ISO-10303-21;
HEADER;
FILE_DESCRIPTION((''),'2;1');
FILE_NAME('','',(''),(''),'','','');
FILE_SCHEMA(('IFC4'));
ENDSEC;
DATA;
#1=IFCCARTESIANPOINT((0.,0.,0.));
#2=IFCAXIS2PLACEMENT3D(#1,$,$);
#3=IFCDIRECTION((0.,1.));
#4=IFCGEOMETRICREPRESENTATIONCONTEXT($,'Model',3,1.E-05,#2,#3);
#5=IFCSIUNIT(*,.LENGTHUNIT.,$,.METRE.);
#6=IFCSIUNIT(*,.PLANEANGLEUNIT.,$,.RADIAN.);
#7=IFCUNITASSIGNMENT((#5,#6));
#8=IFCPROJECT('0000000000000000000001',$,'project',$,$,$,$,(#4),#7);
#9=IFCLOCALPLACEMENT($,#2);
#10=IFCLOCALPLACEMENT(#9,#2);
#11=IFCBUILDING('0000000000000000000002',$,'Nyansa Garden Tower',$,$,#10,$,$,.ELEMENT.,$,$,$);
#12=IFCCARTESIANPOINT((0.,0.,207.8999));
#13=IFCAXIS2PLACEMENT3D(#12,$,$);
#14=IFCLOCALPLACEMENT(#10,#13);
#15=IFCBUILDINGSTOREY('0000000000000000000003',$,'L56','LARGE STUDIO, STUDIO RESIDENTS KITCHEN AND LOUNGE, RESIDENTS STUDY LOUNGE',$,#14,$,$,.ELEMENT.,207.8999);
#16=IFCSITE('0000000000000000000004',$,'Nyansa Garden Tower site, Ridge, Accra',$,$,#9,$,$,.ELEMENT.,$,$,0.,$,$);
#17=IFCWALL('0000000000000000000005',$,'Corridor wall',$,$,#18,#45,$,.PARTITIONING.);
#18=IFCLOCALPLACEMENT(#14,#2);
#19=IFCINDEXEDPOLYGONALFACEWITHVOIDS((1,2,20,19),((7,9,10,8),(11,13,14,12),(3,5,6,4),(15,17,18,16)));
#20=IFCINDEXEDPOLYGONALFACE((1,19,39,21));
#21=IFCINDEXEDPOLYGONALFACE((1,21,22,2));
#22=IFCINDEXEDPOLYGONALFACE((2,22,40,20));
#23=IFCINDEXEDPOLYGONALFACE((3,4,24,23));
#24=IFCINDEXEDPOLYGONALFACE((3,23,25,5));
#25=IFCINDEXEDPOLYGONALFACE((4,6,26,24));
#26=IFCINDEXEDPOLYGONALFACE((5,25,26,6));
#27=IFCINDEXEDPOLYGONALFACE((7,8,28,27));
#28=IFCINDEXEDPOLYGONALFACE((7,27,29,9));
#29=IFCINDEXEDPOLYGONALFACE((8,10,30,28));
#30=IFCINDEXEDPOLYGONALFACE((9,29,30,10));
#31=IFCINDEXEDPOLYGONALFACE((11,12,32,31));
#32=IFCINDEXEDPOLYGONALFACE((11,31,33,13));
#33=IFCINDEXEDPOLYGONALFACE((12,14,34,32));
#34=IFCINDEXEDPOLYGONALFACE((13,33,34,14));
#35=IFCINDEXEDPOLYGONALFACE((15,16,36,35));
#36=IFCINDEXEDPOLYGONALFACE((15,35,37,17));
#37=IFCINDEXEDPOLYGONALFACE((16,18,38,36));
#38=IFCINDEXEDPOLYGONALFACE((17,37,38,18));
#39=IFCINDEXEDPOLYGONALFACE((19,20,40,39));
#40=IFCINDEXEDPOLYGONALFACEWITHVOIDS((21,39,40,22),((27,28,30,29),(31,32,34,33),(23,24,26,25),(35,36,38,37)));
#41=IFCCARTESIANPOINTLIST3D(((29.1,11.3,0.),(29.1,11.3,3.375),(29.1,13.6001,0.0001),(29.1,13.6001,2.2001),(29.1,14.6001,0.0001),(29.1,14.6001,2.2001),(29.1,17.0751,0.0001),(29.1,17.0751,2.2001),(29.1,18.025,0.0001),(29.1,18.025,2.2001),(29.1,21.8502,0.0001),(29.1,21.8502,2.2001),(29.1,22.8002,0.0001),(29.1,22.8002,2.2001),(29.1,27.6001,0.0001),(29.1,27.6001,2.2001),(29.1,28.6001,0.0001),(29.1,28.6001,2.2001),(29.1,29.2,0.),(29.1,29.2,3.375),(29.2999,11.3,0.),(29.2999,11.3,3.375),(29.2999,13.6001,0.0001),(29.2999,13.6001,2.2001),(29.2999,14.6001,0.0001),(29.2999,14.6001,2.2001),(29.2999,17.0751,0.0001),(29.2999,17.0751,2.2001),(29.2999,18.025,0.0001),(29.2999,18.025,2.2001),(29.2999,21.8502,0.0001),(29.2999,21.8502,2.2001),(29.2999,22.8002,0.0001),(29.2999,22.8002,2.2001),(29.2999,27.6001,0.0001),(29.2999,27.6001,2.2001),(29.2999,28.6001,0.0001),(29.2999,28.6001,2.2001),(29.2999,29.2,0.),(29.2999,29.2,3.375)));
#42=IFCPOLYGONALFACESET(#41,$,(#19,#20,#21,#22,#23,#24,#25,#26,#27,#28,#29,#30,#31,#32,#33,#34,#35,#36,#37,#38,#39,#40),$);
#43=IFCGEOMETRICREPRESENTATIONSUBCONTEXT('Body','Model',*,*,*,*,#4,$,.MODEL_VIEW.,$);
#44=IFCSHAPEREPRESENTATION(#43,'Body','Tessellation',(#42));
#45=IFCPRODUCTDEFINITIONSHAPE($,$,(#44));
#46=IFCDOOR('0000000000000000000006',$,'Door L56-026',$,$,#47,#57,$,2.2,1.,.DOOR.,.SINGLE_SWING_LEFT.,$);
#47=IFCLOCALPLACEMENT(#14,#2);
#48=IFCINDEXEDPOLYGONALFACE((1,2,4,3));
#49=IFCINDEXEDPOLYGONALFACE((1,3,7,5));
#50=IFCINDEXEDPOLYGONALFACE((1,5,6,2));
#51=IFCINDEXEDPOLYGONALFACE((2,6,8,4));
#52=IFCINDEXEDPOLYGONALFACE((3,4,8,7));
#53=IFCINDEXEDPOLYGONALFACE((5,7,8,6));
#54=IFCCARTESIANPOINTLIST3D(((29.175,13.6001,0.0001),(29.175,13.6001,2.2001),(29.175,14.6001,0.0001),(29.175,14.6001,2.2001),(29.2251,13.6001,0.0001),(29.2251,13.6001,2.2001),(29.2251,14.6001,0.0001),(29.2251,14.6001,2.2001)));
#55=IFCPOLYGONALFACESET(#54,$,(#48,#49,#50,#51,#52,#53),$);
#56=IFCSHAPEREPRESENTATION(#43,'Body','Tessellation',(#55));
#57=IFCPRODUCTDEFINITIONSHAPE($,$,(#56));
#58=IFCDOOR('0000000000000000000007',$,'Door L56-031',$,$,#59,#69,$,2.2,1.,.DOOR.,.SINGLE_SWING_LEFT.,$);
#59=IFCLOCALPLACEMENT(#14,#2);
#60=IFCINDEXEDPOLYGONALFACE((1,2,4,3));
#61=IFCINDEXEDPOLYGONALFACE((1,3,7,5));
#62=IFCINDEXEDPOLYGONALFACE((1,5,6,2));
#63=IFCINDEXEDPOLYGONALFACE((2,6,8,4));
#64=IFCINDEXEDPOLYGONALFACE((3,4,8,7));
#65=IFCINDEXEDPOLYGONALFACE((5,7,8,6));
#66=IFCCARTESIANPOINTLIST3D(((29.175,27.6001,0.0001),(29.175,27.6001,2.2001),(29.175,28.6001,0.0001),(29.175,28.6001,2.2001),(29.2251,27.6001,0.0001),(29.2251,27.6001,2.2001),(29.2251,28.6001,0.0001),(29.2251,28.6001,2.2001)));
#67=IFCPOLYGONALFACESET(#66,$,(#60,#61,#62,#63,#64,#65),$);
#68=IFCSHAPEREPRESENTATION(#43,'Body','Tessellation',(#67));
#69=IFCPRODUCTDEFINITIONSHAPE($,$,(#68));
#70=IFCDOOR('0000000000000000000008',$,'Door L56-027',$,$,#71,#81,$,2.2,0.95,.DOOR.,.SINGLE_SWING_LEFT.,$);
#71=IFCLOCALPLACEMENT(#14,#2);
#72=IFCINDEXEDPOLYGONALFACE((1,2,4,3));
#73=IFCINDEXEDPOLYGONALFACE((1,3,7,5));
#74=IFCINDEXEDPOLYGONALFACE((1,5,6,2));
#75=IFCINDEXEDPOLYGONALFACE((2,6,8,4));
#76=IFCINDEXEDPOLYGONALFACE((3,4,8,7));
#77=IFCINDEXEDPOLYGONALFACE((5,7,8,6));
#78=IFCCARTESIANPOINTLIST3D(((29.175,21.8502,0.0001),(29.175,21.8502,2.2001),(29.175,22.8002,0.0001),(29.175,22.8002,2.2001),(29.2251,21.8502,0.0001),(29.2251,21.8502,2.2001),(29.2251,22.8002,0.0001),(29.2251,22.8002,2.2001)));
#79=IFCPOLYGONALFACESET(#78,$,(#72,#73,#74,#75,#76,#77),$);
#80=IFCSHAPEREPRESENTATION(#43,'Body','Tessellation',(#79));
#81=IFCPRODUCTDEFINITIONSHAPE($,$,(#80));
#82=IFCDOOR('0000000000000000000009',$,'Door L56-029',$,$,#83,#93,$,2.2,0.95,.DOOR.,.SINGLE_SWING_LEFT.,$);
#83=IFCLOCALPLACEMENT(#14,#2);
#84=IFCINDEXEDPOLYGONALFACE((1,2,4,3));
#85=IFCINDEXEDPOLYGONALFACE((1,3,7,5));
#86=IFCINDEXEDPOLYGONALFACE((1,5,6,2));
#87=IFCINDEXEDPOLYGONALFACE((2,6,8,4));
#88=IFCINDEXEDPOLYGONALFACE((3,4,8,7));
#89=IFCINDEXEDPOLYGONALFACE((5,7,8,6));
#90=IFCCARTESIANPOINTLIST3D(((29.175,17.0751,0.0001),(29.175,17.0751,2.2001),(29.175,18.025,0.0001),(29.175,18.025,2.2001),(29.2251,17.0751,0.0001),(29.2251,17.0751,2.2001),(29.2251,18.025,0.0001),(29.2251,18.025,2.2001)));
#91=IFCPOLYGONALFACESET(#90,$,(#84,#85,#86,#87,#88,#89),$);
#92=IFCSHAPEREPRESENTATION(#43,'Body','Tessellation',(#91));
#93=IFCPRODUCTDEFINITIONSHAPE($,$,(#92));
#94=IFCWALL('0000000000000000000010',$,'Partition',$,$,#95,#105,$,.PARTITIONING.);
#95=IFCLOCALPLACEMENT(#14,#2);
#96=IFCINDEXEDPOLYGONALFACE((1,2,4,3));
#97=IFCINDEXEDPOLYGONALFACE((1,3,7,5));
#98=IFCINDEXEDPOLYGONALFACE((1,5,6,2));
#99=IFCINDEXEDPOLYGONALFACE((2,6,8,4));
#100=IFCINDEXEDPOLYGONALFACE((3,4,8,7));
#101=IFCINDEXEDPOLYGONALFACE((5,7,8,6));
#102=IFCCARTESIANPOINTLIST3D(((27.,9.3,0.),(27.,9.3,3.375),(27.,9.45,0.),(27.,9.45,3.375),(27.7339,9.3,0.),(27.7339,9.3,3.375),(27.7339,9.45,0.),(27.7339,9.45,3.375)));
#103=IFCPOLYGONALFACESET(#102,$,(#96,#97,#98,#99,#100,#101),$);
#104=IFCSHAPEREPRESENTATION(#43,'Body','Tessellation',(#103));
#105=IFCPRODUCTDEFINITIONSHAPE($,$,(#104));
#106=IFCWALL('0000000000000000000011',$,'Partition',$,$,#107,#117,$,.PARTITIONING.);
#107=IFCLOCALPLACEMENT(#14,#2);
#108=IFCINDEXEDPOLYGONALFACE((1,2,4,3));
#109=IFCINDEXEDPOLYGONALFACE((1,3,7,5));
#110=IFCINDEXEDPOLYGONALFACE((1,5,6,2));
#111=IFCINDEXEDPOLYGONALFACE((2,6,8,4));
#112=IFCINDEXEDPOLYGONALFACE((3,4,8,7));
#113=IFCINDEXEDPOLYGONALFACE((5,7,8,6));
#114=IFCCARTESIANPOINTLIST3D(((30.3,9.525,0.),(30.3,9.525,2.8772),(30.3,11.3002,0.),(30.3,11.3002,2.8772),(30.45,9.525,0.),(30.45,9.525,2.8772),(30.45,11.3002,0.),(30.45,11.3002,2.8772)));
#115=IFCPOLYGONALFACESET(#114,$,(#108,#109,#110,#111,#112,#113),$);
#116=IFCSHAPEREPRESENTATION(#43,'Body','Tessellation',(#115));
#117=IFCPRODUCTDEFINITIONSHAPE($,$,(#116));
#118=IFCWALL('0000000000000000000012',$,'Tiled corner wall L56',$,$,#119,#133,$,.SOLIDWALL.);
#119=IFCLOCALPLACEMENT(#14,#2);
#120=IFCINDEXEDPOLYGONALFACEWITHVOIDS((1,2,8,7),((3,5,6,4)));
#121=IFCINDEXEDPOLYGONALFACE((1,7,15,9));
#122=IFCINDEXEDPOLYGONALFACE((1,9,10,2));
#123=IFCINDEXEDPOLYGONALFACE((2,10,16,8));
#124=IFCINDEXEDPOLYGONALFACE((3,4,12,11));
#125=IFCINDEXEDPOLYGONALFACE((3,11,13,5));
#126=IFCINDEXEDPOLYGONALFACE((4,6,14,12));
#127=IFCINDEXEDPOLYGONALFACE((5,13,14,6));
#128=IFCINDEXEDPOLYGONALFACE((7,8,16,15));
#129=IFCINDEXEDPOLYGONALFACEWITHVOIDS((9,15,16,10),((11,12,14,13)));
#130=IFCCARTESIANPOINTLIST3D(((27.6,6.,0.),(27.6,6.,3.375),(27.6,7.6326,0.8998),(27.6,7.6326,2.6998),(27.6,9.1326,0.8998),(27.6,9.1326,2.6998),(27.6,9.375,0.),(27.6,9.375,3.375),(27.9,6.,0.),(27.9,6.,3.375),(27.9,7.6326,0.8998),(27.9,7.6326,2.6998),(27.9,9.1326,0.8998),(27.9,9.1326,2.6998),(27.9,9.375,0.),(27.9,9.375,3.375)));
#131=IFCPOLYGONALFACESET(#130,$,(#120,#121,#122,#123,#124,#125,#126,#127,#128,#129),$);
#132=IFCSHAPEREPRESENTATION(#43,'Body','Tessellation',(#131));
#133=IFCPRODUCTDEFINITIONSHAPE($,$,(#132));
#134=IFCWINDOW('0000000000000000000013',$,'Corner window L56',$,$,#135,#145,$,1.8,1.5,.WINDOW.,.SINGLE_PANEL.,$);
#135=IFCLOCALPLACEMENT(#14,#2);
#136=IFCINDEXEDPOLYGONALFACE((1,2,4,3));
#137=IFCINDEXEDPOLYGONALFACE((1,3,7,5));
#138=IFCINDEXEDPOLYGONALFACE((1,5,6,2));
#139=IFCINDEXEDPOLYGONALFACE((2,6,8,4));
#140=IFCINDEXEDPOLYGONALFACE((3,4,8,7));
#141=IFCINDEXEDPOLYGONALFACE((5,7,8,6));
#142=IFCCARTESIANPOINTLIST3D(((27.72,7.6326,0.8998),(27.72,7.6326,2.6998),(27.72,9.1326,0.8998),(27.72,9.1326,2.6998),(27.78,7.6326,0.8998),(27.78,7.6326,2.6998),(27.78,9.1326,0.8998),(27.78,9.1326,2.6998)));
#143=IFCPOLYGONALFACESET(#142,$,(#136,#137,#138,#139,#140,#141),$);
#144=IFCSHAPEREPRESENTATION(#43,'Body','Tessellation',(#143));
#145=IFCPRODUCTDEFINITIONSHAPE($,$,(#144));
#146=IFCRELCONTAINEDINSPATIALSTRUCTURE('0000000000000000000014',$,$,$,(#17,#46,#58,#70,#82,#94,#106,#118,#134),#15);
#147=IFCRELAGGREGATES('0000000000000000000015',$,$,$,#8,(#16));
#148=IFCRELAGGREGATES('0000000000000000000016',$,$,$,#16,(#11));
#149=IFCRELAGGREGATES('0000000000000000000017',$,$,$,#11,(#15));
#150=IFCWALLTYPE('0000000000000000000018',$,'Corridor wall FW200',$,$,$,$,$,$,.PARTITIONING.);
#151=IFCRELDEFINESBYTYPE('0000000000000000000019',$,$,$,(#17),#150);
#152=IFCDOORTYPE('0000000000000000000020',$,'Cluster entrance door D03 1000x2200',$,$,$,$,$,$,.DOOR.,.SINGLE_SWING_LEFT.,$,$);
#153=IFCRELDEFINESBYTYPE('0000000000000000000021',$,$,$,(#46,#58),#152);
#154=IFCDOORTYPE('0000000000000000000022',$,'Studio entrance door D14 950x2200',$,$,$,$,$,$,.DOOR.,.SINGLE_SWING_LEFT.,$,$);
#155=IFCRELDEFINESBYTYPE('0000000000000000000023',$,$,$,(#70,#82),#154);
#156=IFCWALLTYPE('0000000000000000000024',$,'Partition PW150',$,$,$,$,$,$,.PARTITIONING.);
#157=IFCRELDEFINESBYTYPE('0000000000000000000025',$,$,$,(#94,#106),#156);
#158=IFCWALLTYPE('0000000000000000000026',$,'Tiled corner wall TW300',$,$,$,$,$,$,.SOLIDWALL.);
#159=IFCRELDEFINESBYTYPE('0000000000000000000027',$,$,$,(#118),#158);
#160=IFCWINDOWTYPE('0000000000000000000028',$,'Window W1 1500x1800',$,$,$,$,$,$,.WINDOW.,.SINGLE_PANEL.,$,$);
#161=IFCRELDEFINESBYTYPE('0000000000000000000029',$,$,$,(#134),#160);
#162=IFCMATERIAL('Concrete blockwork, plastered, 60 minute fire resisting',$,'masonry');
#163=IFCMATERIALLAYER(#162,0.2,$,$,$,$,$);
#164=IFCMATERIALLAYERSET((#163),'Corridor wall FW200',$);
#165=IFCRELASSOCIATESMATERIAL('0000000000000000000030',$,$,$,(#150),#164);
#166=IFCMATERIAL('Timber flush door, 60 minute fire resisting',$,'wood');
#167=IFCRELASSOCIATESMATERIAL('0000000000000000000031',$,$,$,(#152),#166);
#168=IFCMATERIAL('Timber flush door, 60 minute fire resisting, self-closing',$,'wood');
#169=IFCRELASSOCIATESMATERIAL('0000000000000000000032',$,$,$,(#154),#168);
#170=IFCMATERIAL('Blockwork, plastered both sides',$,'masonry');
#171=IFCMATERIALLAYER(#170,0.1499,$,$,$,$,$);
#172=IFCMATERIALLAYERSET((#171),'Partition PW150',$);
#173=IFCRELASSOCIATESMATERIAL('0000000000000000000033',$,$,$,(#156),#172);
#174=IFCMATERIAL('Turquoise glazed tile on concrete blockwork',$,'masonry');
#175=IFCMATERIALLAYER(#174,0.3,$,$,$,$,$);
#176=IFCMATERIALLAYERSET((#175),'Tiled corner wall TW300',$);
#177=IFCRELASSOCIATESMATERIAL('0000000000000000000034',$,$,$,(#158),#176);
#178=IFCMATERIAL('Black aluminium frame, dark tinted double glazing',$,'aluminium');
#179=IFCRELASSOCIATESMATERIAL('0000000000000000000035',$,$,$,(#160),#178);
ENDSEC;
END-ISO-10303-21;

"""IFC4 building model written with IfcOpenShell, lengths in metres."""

from ifc_helpers import new_model, si_unit, direction, frame, frame_2d, origin, place, context, subcontext, project, spatial, rectangle, extrude, material, layer, layer_set, type_object, element, fill, save


model = new_model("IFC4")

# Units and contexts
model_context = context("Model", 3, precision=1e-05, world=origin(), true_north=direction((0.0, 1.0)))
body_context = subcontext(model_context, "Body", "Model", "MODEL_VIEW")
ifc_project = project(units=[si_unit("LENGTHUNIT", "METRE"), si_unit("PLANEANGLEUNIT", "RADIAN")], contexts=[model_context])

# Site, building, storey
site_placement = place(None, origin())
site = spatial("IfcSite", under=ifc_project, at=site_placement, Name="Nyansa Garden Tower site, Ridge, Accra", CompositionType="ELEMENT", RefElevation=0.0)
building_placement = place(site_placement, origin())
building = spatial("IfcBuilding", under=site, at=building_placement, Name="Nyansa Garden Tower", CompositionType="ELEMENT")
storey_placement = place(building_placement, frame((0.0, 0.0, 207.8999)))
storey = spatial("IfcBuildingStorey", under=building, at=storey_placement, Name="L56", Description="LARGE STUDIO, STUDIO RESIDENTS KITCHEN AND LOUNGE, RESIDENTS STUDY LOUNGE", CompositionType="ELEMENT", Elevation=207.8999)

# Wall, openings, doors
ifc_material_1 = material(Name="Concrete blockwork, plastered, 60 minute fire resisting", Category="masonry")
ifc_layer_1 = layer(ifc_material_1, 0.2)
ifc_layer_set_1 = layer_set([ifc_layer_1], Name="Corridor wall FW200")
wall_type_1 = type_object("IfcWallType", Name="Corridor wall FW200", PredefinedType="PARTITIONING", material=ifc_layer_set_1)
wall_1_placement = place(storey_placement, frame((29.2, 11.3, 0.0), z_axis=(0.0, 0.0, 1.0), x_axis=(0.0, 1.0, 0.0)))
wall_1 = element("IfcWall", 1, at=wall_1_placement, inside=storey, type_object=wall_type_1, Name="Corridor wall", PredefinedType="PARTITIONING", context=body_context, shape_type="SweptSolid", body=[
    extrude(rectangle(XDim=17.8999, YDim=0.2, at=frame_2d((8.95, 0.0))), origin(), (0.0, 0.0, 1.0), 3.375),
])
opening_1_placement = place(wall_1_placement, frame((2.3, 0.0, 0.0)))
opening_1 = element("IfcOpeningElement", 2, at=opening_1_placement, cuts=wall_1, PredefinedType="OPENING", context=body_context, shape_type="SweptSolid", body=[
    extrude(rectangle(XDim=1.0, YDim=2.2, at=frame_2d((0.5, 1.1001))), frame((0.0, 0.1099, 0.0), z_axis=(0.0, -1.0, 0.0), x_axis=(1.0, 0.0, 0.0)), (0.0, 0.0, 1.0), 0.22),
])
opening_2_placement = place(wall_1_placement, frame((10.55, 0.0, 0.0)))
opening_2 = element("IfcOpeningElement", 3, at=opening_2_placement, cuts=wall_1, PredefinedType="OPENING", context=body_context, shape_type="SweptSolid", body=[
    extrude(rectangle(XDim=0.95, YDim=2.2, at=frame_2d((0.4751, 1.1001))), frame((0.0, 0.1099, 0.0), z_axis=(0.0, -1.0, 0.0), x_axis=(1.0, 0.0, 0.0)), (0.0, 0.0, 1.0), 0.22),
])
opening_3_placement = place(wall_1_placement, frame((5.7749, 0.0, 0.0)))
opening_3 = element("IfcOpeningElement", 4, at=opening_3_placement, cuts=wall_1, PredefinedType="OPENING", context=body_context, shape_type="SweptSolid", body=[
    extrude(rectangle(XDim=0.95, YDim=2.2, at=frame_2d((0.4751, 1.1001))), frame((0.0, 0.1099, 0.0), z_axis=(0.0, -1.0, 0.0), x_axis=(1.0, 0.0, 0.0)), (0.0, 0.0, 1.0), 0.22),
])
opening_4_placement = place(wall_1_placement, frame((16.3, 0.0, 0.0)))
opening_4 = element("IfcOpeningElement", 5, at=opening_4_placement, cuts=wall_1, PredefinedType="OPENING", context=body_context, shape_type="SweptSolid", body=[
    extrude(rectangle(XDim=1.0, YDim=2.2, at=frame_2d((0.5, 1.1001))), frame((0.0, 0.1099, 0.0), z_axis=(0.0, -1.0, 0.0), x_axis=(1.0, 0.0, 0.0)), (0.0, 0.0, 1.0), 0.22),
])
ifc_material_2 = material(Name="Timber flush door, 60 minute fire resisting", Category="wood")
door_type_1 = type_object("IfcDoorType", Name="Cluster entrance door D03 1000x2200", OperationType="SINGLE_SWING_LEFT", PredefinedType="DOOR", material=ifc_material_2)
door_1_placement = place(opening_1_placement, origin())
door_1 = element("IfcDoor", 6, at=door_1_placement, inside=storey, type_object=door_type_1, Name="Door L56-026", OperationType="SINGLE_SWING_LEFT", OverallHeight=2.2, OverallWidth=1.0, PredefinedType="DOOR", context=body_context, shape_type="SweptSolid", body=[
    extrude(rectangle(XDim=1.0, YDim=2.2, at=frame_2d((0.5, 1.1001))), frame((0.0, 0.0249, 0.0), z_axis=(0.0, -1.0, 0.0), x_axis=(1.0, 0.0, 0.0)), (0.0, 0.0, 1.0), 0.05),
])
fill(opening_1, door_1)
door_2_placement = place(opening_4_placement, origin())
door_2 = element("IfcDoor", 7, at=door_2_placement, inside=storey, type_object=door_type_1, Name="Door L56-031", OperationType="SINGLE_SWING_LEFT", OverallHeight=2.2, OverallWidth=1.0, PredefinedType="DOOR", context=body_context, shape_type="SweptSolid", body=[
    extrude(rectangle(XDim=1.0, YDim=2.2, at=frame_2d((0.5, 1.1001))), frame((0.0, 0.0249, 0.0), z_axis=(0.0, -1.0, 0.0), x_axis=(1.0, 0.0, 0.0)), (0.0, 0.0, 1.0), 0.05),
])
fill(opening_4, door_2)
ifc_material_3 = material(Name="Timber flush door, 60 minute fire resisting, self-closing", Category="wood")
door_type_2 = type_object("IfcDoorType", Name="Studio entrance door D14 950x2200", OperationType="SINGLE_SWING_LEFT", PredefinedType="DOOR", material=ifc_material_3)
door_3_placement = place(opening_2_placement, origin())
door_3 = element("IfcDoor", 8, at=door_3_placement, inside=storey, type_object=door_type_2, Name="Door L56-027", OperationType="SINGLE_SWING_LEFT", OverallHeight=2.2, OverallWidth=0.95, PredefinedType="DOOR", context=body_context, shape_type="SweptSolid", body=[
    extrude(rectangle(XDim=0.95, YDim=2.2, at=frame_2d((0.4751, 1.1001))), frame((0.0, 0.0249, 0.0), z_axis=(0.0, -1.0, 0.0), x_axis=(1.0, 0.0, 0.0)), (0.0, 0.0, 1.0), 0.05),
])
fill(opening_2, door_3)
door_4_placement = place(opening_3_placement, origin())
door_4 = element("IfcDoor", 9, at=door_4_placement, inside=storey, type_object=door_type_2, Name="Door L56-029", OperationType="SINGLE_SWING_LEFT", OverallHeight=2.2, OverallWidth=0.95, PredefinedType="DOOR", context=body_context, shape_type="SweptSolid", body=[
    extrude(rectangle(XDim=0.95, YDim=2.2, at=frame_2d((0.4751, 1.1001))), frame((0.0, 0.0249, 0.0), z_axis=(0.0, -1.0, 0.0), x_axis=(1.0, 0.0, 0.0)), (0.0, 0.0, 1.0), 0.05),
])
fill(opening_3, door_4)

# Walls
ifc_material_4 = material(Name="Blockwork, plastered both sides", Category="masonry")
ifc_layer_2 = layer(ifc_material_4, 0.1499)
ifc_layer_set_2 = layer_set([ifc_layer_2], Name="Partition PW150")
wall_type_2 = type_object("IfcWallType", Name="Partition PW150", PredefinedType="PARTITIONING", material=ifc_layer_set_2)
wall_2_placement = place(storey_placement, frame((27.0, 9.375, 0.0), z_axis=(0.0, 0.0, 1.0), x_axis=(1.0, 0.0, 0.0)))
element("IfcWall", 10, at=wall_2_placement, inside=storey, type_object=wall_type_2, Name="Partition", PredefinedType="PARTITIONING", context=body_context, shape_type="SweptSolid", body=[
    extrude(rectangle(XDim=0.7339, YDim=0.1499, at=frame_2d((0.3669, 0.0))), origin(), (0.0, 0.0, 1.0), 3.375),
])
wall_3_placement = place(storey_placement, frame((30.375, 9.5249, 0.0), z_axis=(0.0, 0.0, 1.0), x_axis=(0.0, 1.0, 0.0)))
element("IfcWall", 11, at=wall_3_placement, inside=storey, type_object=wall_type_2, Name="Partition", PredefinedType="PARTITIONING", context=body_context, shape_type="SweptSolid", body=[
    extrude(rectangle(XDim=1.7751, YDim=0.1499, at=frame_2d((0.8877, 0.0))), origin(), (0.0, 0.0, 1.0), 2.8772),
])

# Wall, opening, window
ifc_material_5 = material(Name="Turquoise glazed tile on concrete blockwork", Category="masonry")
ifc_layer_3 = layer(ifc_material_5, 0.3)
ifc_layer_set_3 = layer_set([ifc_layer_3], Name="Tiled corner wall TW300")
wall_type_3 = type_object("IfcWallType", Name="Tiled corner wall TW300", PredefinedType="SOLIDWALL", material=ifc_layer_set_3)
wall_4_placement = place(storey_placement, frame((27.75, 6.0, 0.0), z_axis=(0.0, 0.0, 1.0), x_axis=(0.0, 1.0, 0.0)))
wall_4 = element("IfcWall", 12, at=wall_4_placement, inside=storey, type_object=wall_type_3, Name="Tiled corner wall L56", PredefinedType="SOLIDWALL", context=body_context, shape_type="SweptSolid", body=[
    extrude(rectangle(XDim=3.375, YDim=0.3, at=frame_2d((1.6875, 0.0))), origin(), (0.0, 0.0, 1.0), 3.375),
])
opening_5_placement = place(wall_4_placement, frame((1.6326, 0.0, 0.8999)))
opening_5 = element("IfcOpeningElement", 13, at=opening_5_placement, cuts=wall_4, PredefinedType="OPENING", context=body_context, shape_type="SweptSolid", body=[
    extrude(rectangle(XDim=1.5, YDim=1.8, at=frame_2d((0.75, 0.8999))), frame((0.0, 0.1599, 0.0), z_axis=(0.0, -1.0, 0.0), x_axis=(1.0, 0.0, 0.0)), (0.0, 0.0, 1.0), 0.3201),
])
ifc_material_6 = material(Name="Black aluminium frame, dark tinted double glazing", Category="aluminium")
window_type_1 = type_object("IfcWindowType", Name="Window W1 1500x1800", PartitioningType="SINGLE_PANEL", PredefinedType="WINDOW", material=ifc_material_6)
window_1_placement = place(opening_5_placement, origin())
window_1 = element("IfcWindow", 14, at=window_1_placement, inside=storey, type_object=window_type_1, Name="Corner window L56", OverallHeight=1.8, OverallWidth=1.5, PartitioningType="SINGLE_PANEL", PredefinedType="WINDOW", context=body_context, shape_type="SweptSolid", body=[
    extrude(rectangle(XDim=1.5, YDim=1.8, at=frame_2d((0.75, 0.8999))), frame((0.0, 0.03, 0.0), z_axis=(0.0, -1.0, 0.0), x_axis=(1.0, 0.0, 0.0)), (0.0, 0.0, 1.0), 0.0601),
])
fill(opening_5, window_1)

save(model, "model.ifc")
